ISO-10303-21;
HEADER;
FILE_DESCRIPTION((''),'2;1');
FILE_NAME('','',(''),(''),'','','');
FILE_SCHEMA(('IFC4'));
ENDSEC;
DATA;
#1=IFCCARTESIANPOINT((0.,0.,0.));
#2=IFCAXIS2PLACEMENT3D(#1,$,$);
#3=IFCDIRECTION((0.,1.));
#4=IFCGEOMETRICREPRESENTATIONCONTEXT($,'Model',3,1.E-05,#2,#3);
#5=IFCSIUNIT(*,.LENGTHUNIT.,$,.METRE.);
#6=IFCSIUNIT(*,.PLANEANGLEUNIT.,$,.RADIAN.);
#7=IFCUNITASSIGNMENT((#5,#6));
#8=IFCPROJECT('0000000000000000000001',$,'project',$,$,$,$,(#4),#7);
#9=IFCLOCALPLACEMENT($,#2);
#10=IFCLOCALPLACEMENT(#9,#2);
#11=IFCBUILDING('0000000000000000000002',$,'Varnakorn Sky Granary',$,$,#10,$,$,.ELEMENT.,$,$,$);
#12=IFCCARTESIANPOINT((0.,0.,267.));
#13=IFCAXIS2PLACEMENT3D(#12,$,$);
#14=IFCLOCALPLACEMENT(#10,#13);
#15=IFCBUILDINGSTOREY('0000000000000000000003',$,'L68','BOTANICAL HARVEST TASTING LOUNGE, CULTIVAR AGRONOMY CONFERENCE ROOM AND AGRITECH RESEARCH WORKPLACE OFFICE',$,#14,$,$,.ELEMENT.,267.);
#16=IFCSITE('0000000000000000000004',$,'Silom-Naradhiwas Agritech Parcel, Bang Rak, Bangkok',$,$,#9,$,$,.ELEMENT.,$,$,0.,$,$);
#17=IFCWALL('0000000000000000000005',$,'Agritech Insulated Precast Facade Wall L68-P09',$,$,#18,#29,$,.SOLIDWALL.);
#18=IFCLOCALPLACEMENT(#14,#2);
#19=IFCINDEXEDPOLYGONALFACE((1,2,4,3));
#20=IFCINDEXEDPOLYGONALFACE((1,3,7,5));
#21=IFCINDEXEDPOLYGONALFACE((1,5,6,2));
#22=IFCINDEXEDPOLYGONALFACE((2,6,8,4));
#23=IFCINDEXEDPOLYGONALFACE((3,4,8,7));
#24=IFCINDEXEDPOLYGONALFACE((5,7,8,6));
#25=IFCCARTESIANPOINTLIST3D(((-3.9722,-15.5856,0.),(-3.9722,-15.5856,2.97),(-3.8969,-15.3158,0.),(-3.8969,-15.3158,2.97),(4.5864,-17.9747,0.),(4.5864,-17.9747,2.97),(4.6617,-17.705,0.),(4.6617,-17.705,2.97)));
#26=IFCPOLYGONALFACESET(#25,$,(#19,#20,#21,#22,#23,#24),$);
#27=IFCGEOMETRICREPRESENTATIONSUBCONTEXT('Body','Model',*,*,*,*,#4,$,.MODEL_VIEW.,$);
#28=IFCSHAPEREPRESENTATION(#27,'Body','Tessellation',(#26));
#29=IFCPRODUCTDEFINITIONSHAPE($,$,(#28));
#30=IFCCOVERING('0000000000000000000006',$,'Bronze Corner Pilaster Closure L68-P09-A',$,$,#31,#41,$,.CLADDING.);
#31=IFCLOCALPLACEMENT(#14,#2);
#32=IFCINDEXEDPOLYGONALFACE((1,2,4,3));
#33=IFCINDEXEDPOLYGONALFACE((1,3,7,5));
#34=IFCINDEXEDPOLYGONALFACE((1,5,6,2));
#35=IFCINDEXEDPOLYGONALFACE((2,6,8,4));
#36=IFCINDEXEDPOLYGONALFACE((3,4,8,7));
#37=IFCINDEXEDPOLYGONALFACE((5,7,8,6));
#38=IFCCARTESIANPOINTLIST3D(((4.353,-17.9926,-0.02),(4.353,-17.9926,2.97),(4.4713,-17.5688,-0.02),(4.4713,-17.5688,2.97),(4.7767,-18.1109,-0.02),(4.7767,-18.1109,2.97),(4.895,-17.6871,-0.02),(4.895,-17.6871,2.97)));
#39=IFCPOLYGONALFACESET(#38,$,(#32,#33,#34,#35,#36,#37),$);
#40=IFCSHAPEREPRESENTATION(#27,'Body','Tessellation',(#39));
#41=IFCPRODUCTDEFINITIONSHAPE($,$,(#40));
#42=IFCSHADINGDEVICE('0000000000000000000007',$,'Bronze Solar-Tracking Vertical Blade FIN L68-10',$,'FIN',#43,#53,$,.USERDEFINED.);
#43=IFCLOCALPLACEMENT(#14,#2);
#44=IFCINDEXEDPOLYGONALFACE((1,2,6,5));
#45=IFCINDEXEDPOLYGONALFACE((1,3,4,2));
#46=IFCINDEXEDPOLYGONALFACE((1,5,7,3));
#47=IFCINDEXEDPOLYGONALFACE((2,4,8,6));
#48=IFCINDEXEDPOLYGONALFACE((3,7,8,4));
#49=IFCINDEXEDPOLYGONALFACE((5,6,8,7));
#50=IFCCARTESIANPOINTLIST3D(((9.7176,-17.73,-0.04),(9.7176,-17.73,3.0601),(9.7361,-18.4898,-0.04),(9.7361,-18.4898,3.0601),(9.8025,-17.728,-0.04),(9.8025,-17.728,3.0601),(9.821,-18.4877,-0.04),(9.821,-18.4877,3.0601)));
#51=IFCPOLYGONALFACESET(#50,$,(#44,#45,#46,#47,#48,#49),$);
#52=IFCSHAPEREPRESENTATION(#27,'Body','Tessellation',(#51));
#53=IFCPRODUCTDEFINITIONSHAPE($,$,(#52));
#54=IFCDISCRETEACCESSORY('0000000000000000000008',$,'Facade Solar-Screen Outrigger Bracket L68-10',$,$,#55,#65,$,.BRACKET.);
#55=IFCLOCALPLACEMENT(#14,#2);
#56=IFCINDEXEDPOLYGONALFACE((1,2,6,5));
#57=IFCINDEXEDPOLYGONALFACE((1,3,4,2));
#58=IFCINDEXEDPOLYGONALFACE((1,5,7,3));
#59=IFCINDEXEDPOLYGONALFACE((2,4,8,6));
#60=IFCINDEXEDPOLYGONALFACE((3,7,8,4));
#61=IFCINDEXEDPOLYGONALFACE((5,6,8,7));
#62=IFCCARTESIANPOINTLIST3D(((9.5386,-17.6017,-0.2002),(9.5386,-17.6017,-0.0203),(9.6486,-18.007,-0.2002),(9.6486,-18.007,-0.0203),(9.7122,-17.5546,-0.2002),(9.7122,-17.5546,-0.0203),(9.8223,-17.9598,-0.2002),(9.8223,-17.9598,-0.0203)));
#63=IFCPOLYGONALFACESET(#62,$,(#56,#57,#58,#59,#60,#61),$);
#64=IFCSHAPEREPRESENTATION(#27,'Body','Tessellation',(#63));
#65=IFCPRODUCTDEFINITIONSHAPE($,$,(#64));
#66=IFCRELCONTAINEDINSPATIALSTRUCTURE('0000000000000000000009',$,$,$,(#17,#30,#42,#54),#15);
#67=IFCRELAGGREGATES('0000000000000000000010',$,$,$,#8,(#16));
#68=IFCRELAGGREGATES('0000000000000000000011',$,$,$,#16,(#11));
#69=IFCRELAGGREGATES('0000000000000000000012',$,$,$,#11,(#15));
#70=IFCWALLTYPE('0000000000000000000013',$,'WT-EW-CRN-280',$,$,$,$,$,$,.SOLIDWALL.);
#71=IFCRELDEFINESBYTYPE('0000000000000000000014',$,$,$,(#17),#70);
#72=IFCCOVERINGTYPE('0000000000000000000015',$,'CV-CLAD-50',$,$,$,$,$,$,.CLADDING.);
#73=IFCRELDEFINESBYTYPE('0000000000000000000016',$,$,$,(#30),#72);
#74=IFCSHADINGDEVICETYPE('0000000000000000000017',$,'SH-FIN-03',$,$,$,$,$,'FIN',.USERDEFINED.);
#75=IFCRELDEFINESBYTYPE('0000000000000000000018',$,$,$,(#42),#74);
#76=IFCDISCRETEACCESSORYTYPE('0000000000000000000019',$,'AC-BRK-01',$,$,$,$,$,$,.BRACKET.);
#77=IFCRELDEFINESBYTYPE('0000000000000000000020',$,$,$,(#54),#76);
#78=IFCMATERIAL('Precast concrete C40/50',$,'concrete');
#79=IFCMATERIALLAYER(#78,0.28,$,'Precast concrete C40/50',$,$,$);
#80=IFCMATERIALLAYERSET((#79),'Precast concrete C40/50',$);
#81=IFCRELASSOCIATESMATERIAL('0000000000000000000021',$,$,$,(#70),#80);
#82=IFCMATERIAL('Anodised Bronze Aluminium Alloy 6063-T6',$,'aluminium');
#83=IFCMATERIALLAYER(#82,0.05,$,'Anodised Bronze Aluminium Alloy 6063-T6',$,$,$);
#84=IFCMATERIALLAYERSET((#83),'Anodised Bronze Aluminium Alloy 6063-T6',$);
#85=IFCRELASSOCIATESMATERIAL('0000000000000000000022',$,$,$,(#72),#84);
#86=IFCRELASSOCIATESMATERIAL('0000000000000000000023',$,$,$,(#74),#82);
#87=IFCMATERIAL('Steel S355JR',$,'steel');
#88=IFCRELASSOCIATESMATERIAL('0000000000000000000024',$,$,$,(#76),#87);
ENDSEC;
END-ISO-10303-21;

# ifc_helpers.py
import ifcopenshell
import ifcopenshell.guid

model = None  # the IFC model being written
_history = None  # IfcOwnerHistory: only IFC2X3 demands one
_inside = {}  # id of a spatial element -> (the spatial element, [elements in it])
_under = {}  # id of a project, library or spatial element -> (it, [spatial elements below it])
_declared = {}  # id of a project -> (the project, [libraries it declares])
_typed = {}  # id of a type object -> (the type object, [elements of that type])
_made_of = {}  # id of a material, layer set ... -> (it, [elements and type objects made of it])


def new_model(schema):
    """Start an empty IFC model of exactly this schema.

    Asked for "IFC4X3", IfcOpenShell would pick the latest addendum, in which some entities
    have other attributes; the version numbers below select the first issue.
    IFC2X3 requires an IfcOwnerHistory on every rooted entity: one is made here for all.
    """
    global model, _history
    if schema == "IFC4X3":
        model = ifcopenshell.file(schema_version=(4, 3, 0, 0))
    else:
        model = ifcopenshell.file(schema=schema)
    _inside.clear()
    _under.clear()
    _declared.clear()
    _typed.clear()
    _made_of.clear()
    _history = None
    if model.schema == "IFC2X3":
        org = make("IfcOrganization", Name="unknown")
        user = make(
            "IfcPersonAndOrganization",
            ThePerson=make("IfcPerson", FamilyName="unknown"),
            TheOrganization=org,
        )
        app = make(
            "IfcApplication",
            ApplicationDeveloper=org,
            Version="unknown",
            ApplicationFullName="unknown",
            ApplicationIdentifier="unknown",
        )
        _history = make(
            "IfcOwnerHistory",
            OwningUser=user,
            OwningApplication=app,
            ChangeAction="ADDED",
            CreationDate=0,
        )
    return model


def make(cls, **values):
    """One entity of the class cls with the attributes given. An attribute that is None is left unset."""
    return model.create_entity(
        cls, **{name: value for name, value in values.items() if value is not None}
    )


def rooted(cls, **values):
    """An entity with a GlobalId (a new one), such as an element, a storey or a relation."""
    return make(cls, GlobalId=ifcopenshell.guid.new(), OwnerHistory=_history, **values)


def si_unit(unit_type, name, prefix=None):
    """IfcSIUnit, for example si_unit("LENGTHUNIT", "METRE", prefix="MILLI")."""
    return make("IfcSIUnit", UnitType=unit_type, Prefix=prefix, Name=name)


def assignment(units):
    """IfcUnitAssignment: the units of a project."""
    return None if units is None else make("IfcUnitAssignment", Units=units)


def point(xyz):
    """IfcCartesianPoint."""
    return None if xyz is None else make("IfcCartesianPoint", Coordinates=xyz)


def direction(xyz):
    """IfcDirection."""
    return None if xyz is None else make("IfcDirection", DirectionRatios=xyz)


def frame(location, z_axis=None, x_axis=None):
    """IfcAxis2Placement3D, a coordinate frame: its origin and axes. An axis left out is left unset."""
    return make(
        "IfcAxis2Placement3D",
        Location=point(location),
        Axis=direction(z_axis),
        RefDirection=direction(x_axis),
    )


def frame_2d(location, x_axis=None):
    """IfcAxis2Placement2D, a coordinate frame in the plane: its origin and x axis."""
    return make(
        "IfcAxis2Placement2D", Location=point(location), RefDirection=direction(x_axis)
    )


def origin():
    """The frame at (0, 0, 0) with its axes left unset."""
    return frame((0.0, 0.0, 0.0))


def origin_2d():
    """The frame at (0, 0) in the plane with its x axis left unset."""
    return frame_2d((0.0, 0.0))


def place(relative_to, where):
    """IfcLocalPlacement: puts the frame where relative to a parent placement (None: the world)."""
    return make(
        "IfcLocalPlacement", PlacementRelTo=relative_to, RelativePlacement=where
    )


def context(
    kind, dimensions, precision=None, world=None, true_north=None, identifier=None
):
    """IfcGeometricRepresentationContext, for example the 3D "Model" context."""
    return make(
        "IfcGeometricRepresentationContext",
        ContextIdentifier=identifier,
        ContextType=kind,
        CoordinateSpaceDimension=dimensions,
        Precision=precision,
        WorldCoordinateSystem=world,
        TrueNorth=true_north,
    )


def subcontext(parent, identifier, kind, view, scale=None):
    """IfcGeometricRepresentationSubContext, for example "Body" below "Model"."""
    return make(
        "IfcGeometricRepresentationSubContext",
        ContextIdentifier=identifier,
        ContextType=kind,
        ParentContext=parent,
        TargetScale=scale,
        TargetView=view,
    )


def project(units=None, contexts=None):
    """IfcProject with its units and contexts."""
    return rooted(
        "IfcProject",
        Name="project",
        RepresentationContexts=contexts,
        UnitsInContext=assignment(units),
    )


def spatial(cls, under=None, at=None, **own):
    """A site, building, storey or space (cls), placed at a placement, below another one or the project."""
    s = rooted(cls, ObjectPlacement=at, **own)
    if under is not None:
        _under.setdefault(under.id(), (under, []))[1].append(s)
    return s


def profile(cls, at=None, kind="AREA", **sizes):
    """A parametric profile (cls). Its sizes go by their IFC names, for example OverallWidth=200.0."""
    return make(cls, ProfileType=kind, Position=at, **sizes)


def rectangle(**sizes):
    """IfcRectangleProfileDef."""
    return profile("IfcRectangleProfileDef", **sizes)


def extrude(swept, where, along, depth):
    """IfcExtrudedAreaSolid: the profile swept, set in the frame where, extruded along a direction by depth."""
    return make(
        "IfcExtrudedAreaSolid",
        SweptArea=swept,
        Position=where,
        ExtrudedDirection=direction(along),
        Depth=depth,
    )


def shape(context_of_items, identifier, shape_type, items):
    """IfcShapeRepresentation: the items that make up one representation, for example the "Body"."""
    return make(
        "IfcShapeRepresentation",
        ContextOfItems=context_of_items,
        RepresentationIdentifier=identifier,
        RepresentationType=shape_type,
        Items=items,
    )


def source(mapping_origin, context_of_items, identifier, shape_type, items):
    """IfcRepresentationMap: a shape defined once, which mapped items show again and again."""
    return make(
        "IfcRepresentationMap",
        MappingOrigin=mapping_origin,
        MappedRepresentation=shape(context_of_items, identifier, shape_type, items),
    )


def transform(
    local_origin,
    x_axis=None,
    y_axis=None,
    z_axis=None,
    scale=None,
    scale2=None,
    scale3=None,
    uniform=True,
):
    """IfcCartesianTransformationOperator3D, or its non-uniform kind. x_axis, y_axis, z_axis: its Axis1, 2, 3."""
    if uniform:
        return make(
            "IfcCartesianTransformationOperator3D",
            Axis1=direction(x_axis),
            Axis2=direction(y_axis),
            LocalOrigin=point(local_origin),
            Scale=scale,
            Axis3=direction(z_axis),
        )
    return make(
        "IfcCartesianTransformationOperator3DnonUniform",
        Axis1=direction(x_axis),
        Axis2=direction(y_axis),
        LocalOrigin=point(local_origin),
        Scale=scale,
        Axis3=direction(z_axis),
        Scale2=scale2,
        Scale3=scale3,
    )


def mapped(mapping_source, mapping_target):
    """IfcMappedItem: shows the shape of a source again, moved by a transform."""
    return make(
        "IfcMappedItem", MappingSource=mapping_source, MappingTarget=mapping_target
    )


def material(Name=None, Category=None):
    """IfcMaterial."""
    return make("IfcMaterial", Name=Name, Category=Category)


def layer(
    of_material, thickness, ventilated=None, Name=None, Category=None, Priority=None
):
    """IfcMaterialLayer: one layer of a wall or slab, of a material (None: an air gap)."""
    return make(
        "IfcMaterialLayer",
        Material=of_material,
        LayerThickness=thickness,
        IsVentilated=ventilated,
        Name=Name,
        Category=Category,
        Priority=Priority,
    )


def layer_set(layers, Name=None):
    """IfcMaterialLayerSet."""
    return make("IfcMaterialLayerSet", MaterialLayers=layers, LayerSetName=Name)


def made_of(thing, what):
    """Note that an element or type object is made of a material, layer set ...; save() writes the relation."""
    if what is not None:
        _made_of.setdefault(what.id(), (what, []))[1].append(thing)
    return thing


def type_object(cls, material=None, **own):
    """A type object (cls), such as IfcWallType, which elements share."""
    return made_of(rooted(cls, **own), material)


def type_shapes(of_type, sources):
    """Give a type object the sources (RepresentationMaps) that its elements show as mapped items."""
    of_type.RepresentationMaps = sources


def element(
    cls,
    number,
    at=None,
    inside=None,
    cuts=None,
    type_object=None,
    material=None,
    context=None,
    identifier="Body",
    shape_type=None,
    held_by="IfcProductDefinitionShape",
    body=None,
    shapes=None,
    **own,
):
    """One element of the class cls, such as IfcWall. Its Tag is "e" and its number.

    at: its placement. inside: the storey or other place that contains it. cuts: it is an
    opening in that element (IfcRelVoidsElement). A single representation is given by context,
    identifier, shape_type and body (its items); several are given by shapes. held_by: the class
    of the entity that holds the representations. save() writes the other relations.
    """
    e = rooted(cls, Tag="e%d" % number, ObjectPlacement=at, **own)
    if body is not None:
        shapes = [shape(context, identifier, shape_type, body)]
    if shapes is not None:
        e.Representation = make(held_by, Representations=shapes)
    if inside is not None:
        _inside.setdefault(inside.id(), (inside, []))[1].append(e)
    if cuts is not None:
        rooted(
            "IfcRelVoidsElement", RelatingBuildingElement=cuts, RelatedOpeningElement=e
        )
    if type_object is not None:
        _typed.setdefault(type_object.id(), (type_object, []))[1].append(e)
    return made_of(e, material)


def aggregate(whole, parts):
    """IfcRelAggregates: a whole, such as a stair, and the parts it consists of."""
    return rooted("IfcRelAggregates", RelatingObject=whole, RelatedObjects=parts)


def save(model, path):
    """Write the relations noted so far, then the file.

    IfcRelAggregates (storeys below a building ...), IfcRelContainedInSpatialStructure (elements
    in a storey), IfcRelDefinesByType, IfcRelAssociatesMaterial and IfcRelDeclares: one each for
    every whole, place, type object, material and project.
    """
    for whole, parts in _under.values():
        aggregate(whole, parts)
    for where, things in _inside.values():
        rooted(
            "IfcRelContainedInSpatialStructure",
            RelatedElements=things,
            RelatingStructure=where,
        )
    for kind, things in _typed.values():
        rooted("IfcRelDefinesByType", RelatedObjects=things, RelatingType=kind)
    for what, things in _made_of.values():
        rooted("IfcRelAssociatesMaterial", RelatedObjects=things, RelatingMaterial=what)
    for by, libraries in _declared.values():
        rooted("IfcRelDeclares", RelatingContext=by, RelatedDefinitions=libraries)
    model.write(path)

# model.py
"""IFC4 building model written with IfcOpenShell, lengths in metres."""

from ifc_helpers import new_model, si_unit, direction, frame, frame_2d, origin, origin_2d, place, context, subcontext, project, spatial, rectangle, extrude, source, transform, mapped, material, layer, layer_set, type_object, type_shapes, element, save


model = new_model("IFC4")

# Units and contexts
model_context = context("Model", 3, precision=1e-05, world=origin(), true_north=direction((0.0, 1.0)))
body_context = subcontext(model_context, "Body", "Model", "MODEL_VIEW")
ifc_project = project(units=[si_unit("LENGTHUNIT", "METRE"), si_unit("PLANEANGLEUNIT", "RADIAN")], contexts=[model_context])

# Site, building, storey
site_placement = place(None, origin())
site = spatial("IfcSite", under=ifc_project, at=site_placement, Name="Silom-Naradhiwas Agritech Parcel, Bang Rak, Bangkok", CompositionType="ELEMENT", RefElevation=0.0)
building_placement = place(site_placement, origin())
building = spatial("IfcBuilding", under=site, at=building_placement, Name="Varnakorn Sky Granary", CompositionType="ELEMENT")
storey_placement = place(building_placement, frame((0.0, 0.0, 267.0)))
storey = spatial("IfcBuildingStorey", under=building, at=storey_placement, Name="L68", Description="BOTANICAL HARVEST TASTING LOUNGE, CULTIVAR AGRONOMY CONFERENCE ROOM AND AGRITECH RESEARCH WORKPLACE OFFICE", CompositionType="ELEMENT", Elevation=267.0)

# Shared definitions
ifc_material_1 = material(Name="Steel S355JR", Category="steel")

# Shared definitions
ifc_material_2 = material(Name="Anodised Bronze Aluminium Alloy 6063-T6", Category="aluminium")

# Wall
ifc_material_3 = material(Name="Precast concrete C40/50", Category="concrete")
ifc_layer_1 = layer(ifc_material_3, 0.28, Name="Precast concrete C40/50")
ifc_layer_set_1 = layer_set([ifc_layer_1], Name="Precast concrete C40/50")
wall_type = type_object("IfcWallType", Name="WT-EW-CRN-280", PredefinedType="SOLIDWALL", material=ifc_layer_set_1)
wall_placement = place(storey_placement, frame((4.624, -17.8398, 0.0), z_axis=(0.0, 0.0, 1.0), x_axis=(-0.963175, 0.268874, 0.0)))
element("IfcWall", 1, at=wall_placement, inside=storey, type_object=wall_type, Name="Agritech Insulated Precast Facade Wall L68-P09", PredefinedType="SOLIDWALL", context=body_context, shape_type="SweptSolid", body=[
    extrude(rectangle(XDim=8.8857, YDim=0.28, at=frame_2d((4.4429, 0.0))), origin(), (0.0, 0.0, 1.0), 2.97),
])

# Covering
ifc_layer_2 = layer(ifc_material_2, 0.05, Name="Anodised Bronze Aluminium Alloy 6063-T6")
ifc_layer_set_2 = layer_set([ifc_layer_2], Name="Anodised Bronze Aluminium Alloy 6063-T6")
covering_type = type_object("IfcCoveringType", Name="CV-CLAD-50", PredefinedType="CLADDING", material=ifc_layer_set_2)
shared_shape_1 = source(origin(), body_context, "Body", "SweptSolid", [
    extrude(rectangle(XDim=0.4399, YDim=0.4399, at=origin_2d()), origin(), (0.0, 0.0, 1.0), 2.99),
])
type_shapes(covering_type, [shared_shape_1])
covering_placement = place(storey_placement, frame((4.624, -17.8398, -0.02), z_axis=(0.0, 0.0, 1.0), x_axis=(-0.963163, 0.26892, 0.0)))
element("IfcCovering", 2, at=covering_placement, inside=storey, type_object=covering_type, Name="Bronze Corner Pilaster Closure L68-P09-A", PredefinedType="CLADDING", context=body_context, shape_type="MappedRepresentation", body=[
    mapped(shared_shape_1, transform((0.0, 0.0, 0.0), x_axis=(1.0, 0.0, 0.0), y_axis=(0.0, 1.0, 0.0), z_axis=(0.0, 0.0, 1.0), scale=1.0)),
])

# Shading device
shading_device_type = type_object("IfcShadingDeviceType", Name="SH-FIN-03", ElementType="FIN", PredefinedType="USERDEFINED", material=ifc_material_2)
shared_shape_2 = source(origin(), body_context, "Body", "SweptSolid", [
    extrude(rectangle(XDim=0.085, YDim=0.76, at=origin_2d()), origin(), (0.0, 0.0, 1.0), 3.1001),
])
type_shapes(shading_device_type, [shared_shape_2])
shading_device_placement = place(storey_placement, frame((9.7693, -18.1089, -0.04), z_axis=(0.0, 0.0, 1.0), x_axis=(0.999703, 0.024385, 0.0)))
element("IfcShadingDevice", 3, at=shading_device_placement, inside=storey, type_object=shading_device_type, Name="Bronze Solar-Tracking Vertical Blade FIN L68-10", ObjectType="FIN", PredefinedType="USERDEFINED", context=body_context, shape_type="MappedRepresentation", body=[
    mapped(shared_shape_2, transform((0.0, 0.0, 0.0), x_axis=(1.0, 0.0, 0.0), y_axis=(0.0, 1.0, 0.0), z_axis=(0.0, 0.0, 1.0), scale=1.0)),
])

# Discrete accessory
discrete_accessory_type = type_object("IfcDiscreteAccessoryType", Name="AC-BRK-01", PredefinedType="BRACKET", material=ifc_material_1)
shared_shape_3 = source(origin(), body_context, "Body", "SweptSolid", [
    extrude(rectangle(XDim=0.1799, YDim=0.4199, at=origin_2d()), origin(), (0.0, 0.0, 1.0), 0.1799),
])
type_shapes(discrete_accessory_type, [shared_shape_3])
discrete_accessory_placement = place(storey_placement, frame((9.6804, -17.7808, -0.2002), z_axis=(0.0, 0.0, 1.0), x_axis=(0.965025, 0.262156, 0.0)))
element("IfcDiscreteAccessory", 4, at=discrete_accessory_placement, inside=storey, type_object=discrete_accessory_type, Name="Facade Solar-Screen Outrigger Bracket L68-10", PredefinedType="BRACKET", context=body_context, shape_type="MappedRepresentation", body=[
    mapped(shared_shape_3, transform((0.0, 0.0, 0.0), x_axis=(1.0, 0.0, 0.0), y_axis=(0.0, 1.0, 0.0), z_axis=(0.0, 0.0, 1.0), scale=1.0)),
])

save(model, "model.ifc")
